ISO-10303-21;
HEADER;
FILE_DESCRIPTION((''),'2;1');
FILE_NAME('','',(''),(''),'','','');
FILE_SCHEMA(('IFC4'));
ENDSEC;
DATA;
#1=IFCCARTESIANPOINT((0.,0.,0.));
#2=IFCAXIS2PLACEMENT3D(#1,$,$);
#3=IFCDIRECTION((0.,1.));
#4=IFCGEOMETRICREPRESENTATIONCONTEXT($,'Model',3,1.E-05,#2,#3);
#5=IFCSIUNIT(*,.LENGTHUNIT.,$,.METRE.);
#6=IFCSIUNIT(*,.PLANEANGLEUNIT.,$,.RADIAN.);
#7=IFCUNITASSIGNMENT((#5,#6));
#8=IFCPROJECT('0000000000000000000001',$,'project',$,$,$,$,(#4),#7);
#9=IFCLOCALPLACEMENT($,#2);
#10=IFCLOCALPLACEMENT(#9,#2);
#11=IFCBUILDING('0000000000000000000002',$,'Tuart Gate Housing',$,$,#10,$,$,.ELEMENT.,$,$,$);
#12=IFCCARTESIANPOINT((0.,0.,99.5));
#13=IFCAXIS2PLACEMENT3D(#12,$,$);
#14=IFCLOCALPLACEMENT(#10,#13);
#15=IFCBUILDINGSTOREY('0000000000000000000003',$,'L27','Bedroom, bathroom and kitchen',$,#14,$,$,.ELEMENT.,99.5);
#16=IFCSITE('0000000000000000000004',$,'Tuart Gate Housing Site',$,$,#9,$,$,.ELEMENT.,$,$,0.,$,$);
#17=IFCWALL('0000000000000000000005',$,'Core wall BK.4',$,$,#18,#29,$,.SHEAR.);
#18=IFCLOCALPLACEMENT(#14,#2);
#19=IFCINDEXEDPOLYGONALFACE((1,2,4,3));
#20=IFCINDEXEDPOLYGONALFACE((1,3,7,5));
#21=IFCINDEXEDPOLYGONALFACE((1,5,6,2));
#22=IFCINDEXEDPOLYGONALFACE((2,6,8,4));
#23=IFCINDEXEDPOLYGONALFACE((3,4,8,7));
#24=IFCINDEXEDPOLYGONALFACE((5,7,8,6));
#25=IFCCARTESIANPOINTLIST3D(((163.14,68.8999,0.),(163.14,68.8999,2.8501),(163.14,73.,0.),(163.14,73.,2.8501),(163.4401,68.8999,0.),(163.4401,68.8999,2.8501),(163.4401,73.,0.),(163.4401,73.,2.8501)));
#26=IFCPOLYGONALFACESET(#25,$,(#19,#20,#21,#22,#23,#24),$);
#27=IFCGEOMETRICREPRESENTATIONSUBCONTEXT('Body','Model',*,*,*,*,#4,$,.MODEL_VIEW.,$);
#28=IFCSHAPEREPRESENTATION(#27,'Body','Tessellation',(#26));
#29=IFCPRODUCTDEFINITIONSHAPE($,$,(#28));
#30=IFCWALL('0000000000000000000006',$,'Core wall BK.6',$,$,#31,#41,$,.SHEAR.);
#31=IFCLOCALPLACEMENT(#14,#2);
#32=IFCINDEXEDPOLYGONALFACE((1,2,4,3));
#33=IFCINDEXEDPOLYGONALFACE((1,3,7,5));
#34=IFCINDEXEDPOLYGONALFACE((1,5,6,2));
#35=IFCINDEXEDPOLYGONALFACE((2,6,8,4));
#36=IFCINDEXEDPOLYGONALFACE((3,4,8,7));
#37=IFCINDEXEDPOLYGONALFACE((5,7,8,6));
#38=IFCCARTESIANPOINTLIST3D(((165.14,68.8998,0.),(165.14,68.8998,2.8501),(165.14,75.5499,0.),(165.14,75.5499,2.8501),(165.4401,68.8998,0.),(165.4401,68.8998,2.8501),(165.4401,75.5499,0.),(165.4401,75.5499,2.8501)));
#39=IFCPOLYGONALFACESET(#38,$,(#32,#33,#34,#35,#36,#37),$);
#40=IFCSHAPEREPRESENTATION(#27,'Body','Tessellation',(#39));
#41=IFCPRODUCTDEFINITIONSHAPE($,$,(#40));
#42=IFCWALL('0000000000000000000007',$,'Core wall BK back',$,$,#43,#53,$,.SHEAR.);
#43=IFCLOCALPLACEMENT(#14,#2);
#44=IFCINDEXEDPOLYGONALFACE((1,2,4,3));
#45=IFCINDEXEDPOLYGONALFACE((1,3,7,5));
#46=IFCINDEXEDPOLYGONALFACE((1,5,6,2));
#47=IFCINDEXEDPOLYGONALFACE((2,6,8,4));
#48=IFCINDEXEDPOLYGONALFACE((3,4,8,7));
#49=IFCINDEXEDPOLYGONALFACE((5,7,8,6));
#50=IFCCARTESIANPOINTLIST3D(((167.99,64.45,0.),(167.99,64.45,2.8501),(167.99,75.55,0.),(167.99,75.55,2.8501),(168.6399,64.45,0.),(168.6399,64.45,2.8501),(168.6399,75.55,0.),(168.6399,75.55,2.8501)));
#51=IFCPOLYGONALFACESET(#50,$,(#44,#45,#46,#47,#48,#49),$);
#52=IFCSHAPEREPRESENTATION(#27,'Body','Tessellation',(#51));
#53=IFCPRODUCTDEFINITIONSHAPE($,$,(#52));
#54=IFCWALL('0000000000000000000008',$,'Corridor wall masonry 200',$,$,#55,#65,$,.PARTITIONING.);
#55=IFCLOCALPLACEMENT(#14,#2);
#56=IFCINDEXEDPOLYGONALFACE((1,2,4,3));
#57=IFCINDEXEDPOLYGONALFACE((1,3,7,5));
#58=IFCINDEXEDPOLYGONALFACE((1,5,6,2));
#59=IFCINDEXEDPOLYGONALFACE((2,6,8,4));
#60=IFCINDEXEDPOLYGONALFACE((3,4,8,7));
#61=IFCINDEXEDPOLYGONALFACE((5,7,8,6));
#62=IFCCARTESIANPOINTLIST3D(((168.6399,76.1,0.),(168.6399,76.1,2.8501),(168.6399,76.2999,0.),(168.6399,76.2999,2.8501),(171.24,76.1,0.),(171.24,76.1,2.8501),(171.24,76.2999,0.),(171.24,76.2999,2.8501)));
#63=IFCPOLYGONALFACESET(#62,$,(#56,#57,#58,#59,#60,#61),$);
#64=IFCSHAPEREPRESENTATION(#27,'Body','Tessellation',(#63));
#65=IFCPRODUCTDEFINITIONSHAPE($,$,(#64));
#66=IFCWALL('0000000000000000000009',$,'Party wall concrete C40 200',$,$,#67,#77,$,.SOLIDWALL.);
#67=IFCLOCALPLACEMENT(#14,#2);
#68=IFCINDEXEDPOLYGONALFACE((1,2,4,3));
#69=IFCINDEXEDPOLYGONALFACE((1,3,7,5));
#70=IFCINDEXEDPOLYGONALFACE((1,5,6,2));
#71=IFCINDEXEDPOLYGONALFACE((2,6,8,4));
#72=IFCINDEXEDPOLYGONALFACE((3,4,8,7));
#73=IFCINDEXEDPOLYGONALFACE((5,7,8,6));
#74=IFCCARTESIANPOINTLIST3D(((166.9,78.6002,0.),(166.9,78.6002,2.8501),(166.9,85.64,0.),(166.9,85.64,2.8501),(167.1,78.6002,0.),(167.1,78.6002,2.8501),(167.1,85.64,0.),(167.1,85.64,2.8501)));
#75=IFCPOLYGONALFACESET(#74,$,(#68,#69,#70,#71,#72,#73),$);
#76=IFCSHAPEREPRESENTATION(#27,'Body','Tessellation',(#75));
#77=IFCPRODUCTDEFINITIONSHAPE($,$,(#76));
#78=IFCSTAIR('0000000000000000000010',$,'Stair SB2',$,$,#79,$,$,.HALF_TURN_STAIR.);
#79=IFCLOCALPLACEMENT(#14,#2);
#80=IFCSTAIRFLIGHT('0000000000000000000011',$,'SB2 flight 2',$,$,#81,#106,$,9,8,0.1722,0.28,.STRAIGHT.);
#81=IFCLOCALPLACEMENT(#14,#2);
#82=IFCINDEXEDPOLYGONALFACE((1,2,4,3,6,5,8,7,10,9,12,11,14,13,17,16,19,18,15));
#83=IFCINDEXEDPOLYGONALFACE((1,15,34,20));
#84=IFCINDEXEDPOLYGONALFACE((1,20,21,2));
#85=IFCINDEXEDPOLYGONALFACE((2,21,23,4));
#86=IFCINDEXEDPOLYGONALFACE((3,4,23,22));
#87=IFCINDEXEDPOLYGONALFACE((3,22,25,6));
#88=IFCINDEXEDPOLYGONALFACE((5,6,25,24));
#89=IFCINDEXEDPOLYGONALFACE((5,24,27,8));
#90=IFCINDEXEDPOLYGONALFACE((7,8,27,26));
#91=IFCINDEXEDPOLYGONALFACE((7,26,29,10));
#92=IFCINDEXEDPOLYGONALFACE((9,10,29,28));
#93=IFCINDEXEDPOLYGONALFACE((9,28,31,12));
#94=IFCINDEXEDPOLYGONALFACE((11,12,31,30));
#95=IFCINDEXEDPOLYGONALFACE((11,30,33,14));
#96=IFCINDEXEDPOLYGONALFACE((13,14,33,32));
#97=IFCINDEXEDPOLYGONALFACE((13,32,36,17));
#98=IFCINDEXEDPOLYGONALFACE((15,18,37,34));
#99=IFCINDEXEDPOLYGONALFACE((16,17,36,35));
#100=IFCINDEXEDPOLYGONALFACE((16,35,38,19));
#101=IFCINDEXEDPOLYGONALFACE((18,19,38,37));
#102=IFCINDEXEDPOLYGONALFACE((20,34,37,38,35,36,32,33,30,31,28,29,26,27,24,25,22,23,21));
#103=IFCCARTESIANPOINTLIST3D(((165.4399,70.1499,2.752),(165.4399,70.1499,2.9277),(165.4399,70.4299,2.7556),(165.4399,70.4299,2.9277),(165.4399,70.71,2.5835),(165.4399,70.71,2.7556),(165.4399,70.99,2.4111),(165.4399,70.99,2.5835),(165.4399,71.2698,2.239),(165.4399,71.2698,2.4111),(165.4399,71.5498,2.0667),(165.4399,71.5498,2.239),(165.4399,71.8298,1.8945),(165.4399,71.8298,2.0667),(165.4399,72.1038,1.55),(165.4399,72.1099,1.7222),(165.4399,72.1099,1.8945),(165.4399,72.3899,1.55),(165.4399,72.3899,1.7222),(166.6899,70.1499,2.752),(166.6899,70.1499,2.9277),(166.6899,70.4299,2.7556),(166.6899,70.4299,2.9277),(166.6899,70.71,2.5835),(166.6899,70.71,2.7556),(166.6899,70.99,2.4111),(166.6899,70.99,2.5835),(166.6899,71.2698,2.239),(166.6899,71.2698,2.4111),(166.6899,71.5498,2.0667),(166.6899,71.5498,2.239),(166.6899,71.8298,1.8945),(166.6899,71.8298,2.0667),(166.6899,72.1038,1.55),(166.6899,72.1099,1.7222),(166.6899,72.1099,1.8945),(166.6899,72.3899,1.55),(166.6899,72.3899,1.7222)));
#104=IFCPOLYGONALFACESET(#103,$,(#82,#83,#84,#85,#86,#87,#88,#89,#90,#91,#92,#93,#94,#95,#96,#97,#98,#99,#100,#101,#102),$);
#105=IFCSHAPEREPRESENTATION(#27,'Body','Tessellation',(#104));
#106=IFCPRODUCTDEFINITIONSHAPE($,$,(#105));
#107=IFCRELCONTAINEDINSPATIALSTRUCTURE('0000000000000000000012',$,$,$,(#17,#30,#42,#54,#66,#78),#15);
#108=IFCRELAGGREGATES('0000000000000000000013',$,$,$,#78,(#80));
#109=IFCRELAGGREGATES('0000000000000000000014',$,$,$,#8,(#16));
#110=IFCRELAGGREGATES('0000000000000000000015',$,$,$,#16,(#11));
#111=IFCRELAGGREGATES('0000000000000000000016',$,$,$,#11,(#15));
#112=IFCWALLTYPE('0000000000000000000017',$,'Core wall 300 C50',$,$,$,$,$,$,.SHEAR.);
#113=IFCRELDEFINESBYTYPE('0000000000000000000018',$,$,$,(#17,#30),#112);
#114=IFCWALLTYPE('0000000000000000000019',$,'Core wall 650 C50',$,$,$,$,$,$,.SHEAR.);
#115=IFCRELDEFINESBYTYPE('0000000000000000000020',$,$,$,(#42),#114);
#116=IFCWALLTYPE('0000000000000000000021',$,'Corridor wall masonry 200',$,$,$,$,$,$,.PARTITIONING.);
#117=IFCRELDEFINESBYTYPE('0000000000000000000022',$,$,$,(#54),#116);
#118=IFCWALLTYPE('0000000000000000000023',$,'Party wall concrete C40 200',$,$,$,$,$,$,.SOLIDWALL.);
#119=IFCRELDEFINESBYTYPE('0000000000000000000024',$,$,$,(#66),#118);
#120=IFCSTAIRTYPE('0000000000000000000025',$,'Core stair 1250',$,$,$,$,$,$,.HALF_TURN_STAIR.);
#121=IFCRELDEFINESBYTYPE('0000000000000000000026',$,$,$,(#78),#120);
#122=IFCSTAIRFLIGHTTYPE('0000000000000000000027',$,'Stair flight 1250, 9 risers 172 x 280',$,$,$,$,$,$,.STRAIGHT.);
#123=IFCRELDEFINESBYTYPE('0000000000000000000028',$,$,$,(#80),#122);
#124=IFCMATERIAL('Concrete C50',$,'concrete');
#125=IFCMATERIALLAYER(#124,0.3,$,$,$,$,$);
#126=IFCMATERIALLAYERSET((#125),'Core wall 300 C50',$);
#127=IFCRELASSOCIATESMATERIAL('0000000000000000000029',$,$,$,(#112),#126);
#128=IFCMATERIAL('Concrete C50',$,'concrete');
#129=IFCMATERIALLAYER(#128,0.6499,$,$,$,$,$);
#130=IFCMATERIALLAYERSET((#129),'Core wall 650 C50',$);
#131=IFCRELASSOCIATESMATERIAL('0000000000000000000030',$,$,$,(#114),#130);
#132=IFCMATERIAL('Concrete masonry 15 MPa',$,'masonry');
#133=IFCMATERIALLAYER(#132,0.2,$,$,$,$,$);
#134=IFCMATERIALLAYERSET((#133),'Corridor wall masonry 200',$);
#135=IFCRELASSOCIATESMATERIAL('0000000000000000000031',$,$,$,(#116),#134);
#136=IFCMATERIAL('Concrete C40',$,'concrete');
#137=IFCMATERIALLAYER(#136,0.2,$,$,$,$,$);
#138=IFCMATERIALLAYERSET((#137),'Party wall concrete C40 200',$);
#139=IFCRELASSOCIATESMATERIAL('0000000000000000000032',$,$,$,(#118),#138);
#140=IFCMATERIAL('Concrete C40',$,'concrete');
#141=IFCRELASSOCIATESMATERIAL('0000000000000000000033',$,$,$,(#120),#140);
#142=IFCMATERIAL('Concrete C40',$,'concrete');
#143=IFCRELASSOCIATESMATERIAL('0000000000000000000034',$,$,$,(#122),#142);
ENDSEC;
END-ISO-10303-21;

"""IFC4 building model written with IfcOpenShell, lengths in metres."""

from ifc_helpers import new_model, si_unit, direction, frame, frame_2d, origin, place, context, subcontext, project, spatial, polyline, rectangle, outline, extrude, material, layer, layer_set, type_object, element, aggregate, save


model = new_model("IFC4")

# Units and contexts
model_context = context("Model", 3, precision=1e-05, world=origin(), true_north=direction((0.0, 1.0)))
body_context = subcontext(model_context, "Body", "Model", "MODEL_VIEW")
ifc_project = project(units=[si_unit("LENGTHUNIT", "METRE"), si_unit("PLANEANGLEUNIT", "RADIAN")], contexts=[model_context])

# Site, building, storey
site_placement = place(None, origin())
site = spatial("IfcSite", under=ifc_project, at=site_placement, Name="Tuart Gate Housing Site", CompositionType="ELEMENT", RefElevation=0.0)
building_placement = place(site_placement, origin())
building = spatial("IfcBuilding", under=site, at=building_placement, Name="Tuart Gate Housing", CompositionType="ELEMENT")
storey_placement = place(building_placement, frame((0.0, 0.0, 99.5)))
storey = spatial("IfcBuildingStorey", under=building, at=storey_placement, Name="L27", Description="Bedroom, bathroom and kitchen", CompositionType="ELEMENT", Elevation=99.5)

# Walls
ifc_material_1 = material(Name="Concrete C50", Category="concrete")
ifc_layer_1 = layer(ifc_material_1, 0.3)
ifc_layer_set_1 = layer_set([ifc_layer_1], Name="Core wall 300 C50")
wall_type_1 = type_object("IfcWallType", Name="Core wall 300 C50", PredefinedType="SHEAR", material=ifc_layer_set_1)
wall_1_placement = place(storey_placement, frame((163.29, 73.0, 0.0), z_axis=(0.0, 0.0, 1.0), x_axis=(0.0, -1.0, 0.0)))
element("IfcWall", 1, at=wall_1_placement, inside=storey, type_object=wall_type_1, Name="Core wall BK.4", PredefinedType="SHEAR", context=body_context, shape_type="SweptSolid", body=[
    extrude(rectangle(XDim=4.1001, YDim=0.3, at=frame_2d((2.05, 0.0))), origin(), (0.0, 0.0, 1.0), 2.8501),
])
wall_2_placement = place(storey_placement, frame((165.29, 75.55, 0.0), z_axis=(0.0, 0.0, 1.0), x_axis=(0.0, -1.0, 0.0)))
element("IfcWall", 2, at=wall_2_placement, inside=storey, type_object=wall_type_1, Name="Core wall BK.6", PredefinedType="SHEAR", context=body_context, shape_type="SweptSolid", body=[
    extrude(rectangle(XDim=6.6501, YDim=0.3, at=frame_2d((3.3252, 0.0))), origin(), (0.0, 0.0, 1.0), 2.8501),
])
ifc_material_2 = material(Name="Concrete C50", Category="concrete")
ifc_layer_2 = layer(ifc_material_2, 0.6499)
ifc_layer_set_2 = layer_set([ifc_layer_2], Name="Core wall 650 C50")
wall_type_2 = type_object("IfcWallType", Name="Core wall 650 C50", PredefinedType="SHEAR", material=ifc_layer_set_2)
wall_3_placement = place(storey_placement, frame((168.3149, 75.55, 0.0), z_axis=(0.0, 0.0, 1.0), x_axis=(0.0, -1.0, 0.0)))
element("IfcWall", 3, at=wall_3_placement, inside=storey, type_object=wall_type_2, Name="Core wall BK back", PredefinedType="SHEAR", context=body_context, shape_type="SweptSolid", body=[
    extrude(rectangle(XDim=11.1001, YDim=0.6499, at=frame_2d((5.55, 0.0))), origin(), (0.0, 0.0, 1.0), 2.8501),
])
ifc_material_3 = material(Name="Concrete masonry 15 MPa", Category="masonry")
ifc_layer_3 = layer(ifc_material_3, 0.2)
ifc_layer_set_3 = layer_set([ifc_layer_3], Name="Corridor wall masonry 200")
wall_type_3 = type_object("IfcWallType", Name="Corridor wall masonry 200", PredefinedType="PARTITIONING", material=ifc_layer_set_3)
wall_4_placement = place(storey_placement, frame((168.6399, 76.2, 0.0), z_axis=(0.0, 0.0, 1.0), x_axis=(1.0, 0.0, 0.0)))
element("IfcWall", 4, at=wall_4_placement, inside=storey, type_object=wall_type_3, Name="Corridor wall masonry 200", PredefinedType="PARTITIONING", context=body_context, shape_type="SweptSolid", body=[
    extrude(rectangle(XDim=2.6001, YDim=0.2, at=frame_2d((1.3, 0.0))), origin(), (0.0, 0.0, 1.0), 2.8501),
])
ifc_material_4 = material(Name="Concrete C40", Category="concrete")
ifc_layer_4 = layer(ifc_material_4, 0.2)
ifc_layer_set_4 = layer_set([ifc_layer_4], Name="Party wall concrete C40 200")
wall_type_4 = type_object("IfcWallType", Name="Party wall concrete C40 200", PredefinedType="SOLIDWALL", material=ifc_layer_set_4)
wall_5_placement = place(storey_placement, frame((167.0, 78.6001, 0.0), z_axis=(0.0, 0.0, 1.0), x_axis=(0.0, 1.0, 0.0)))
element("IfcWall", 5, at=wall_5_placement, inside=storey, type_object=wall_type_4, Name="Party wall concrete C40 200", PredefinedType="SOLIDWALL", context=body_context, shape_type="SweptSolid", body=[
    extrude(rectangle(XDim=7.0398, YDim=0.2, at=frame_2d((3.52, 0.0))), origin(), (0.0, 0.0, 1.0), 2.8501),
])

# Stair, stair flight
ifc_material_5 = material(Name="Concrete C40", Category="concrete")
stair_type = type_object("IfcStairType", Name="Core stair 1250", PredefinedType="HALF_TURN_STAIR", material=ifc_material_5)
stair_placement = place(storey_placement, origin())
stair = element("IfcStair", 6, at=stair_placement, inside=storey, type_object=stair_type, Name="Stair SB2", PredefinedType="HALF_TURN_STAIR")
ifc_material_6 = material(Name="Concrete C40", Category="concrete")
stair_flight_type = type_object("IfcStairFlightType", Name="Stair flight 1250, 9 risers 172 x 280", PredefinedType="STRAIGHT", material=ifc_material_6)
stair_flight_placement = place(storey_placement, frame((166.0649, 72.3899, 1.55), z_axis=(0.0, 0.0, 1.0), x_axis=(0.0, -1.0, 0.0)))
stair_flight = element("IfcStairFlight", 7, at=stair_flight_placement, type_object=stair_flight_type, Name="SB2 flight 2", NumberOfRisers=9, NumberOfTreads=8, PredefinedType="STRAIGHT", RiserHeight=0.1722, TreadLength=0.28, context=body_context, shape_type="SweptSolid", body=[
    extrude(outline(polyline([(0.0, 0.0), (0.0, 0.1721), (0.28, 0.1721), (0.28, 0.3445), (0.5601, 0.3445), (0.5601, 0.5166), (0.8401, 0.5166), (0.8401, 0.689), (1.1201, 0.689), (1.1201, 0.8611), (1.3999, 0.8611), (1.3999, 1.0334), (1.6799, 1.0334), (1.6799, 1.2056), (1.96, 1.2056), (1.96, 1.3777), (2.24, 1.3777), (2.24, 1.55), (2.24, 1.2019), (0.2861, 0.0), (0.0, 0.0)])), frame((0.0, 0.625, 0.0), z_axis=(0.0, -1.0, 0.0), x_axis=(1.0, 0.0, 0.0)), (0.0, 0.0, 1.0), 1.25),
])
aggregate(stair, [stair_flight])

save(model, "model.ifc")
